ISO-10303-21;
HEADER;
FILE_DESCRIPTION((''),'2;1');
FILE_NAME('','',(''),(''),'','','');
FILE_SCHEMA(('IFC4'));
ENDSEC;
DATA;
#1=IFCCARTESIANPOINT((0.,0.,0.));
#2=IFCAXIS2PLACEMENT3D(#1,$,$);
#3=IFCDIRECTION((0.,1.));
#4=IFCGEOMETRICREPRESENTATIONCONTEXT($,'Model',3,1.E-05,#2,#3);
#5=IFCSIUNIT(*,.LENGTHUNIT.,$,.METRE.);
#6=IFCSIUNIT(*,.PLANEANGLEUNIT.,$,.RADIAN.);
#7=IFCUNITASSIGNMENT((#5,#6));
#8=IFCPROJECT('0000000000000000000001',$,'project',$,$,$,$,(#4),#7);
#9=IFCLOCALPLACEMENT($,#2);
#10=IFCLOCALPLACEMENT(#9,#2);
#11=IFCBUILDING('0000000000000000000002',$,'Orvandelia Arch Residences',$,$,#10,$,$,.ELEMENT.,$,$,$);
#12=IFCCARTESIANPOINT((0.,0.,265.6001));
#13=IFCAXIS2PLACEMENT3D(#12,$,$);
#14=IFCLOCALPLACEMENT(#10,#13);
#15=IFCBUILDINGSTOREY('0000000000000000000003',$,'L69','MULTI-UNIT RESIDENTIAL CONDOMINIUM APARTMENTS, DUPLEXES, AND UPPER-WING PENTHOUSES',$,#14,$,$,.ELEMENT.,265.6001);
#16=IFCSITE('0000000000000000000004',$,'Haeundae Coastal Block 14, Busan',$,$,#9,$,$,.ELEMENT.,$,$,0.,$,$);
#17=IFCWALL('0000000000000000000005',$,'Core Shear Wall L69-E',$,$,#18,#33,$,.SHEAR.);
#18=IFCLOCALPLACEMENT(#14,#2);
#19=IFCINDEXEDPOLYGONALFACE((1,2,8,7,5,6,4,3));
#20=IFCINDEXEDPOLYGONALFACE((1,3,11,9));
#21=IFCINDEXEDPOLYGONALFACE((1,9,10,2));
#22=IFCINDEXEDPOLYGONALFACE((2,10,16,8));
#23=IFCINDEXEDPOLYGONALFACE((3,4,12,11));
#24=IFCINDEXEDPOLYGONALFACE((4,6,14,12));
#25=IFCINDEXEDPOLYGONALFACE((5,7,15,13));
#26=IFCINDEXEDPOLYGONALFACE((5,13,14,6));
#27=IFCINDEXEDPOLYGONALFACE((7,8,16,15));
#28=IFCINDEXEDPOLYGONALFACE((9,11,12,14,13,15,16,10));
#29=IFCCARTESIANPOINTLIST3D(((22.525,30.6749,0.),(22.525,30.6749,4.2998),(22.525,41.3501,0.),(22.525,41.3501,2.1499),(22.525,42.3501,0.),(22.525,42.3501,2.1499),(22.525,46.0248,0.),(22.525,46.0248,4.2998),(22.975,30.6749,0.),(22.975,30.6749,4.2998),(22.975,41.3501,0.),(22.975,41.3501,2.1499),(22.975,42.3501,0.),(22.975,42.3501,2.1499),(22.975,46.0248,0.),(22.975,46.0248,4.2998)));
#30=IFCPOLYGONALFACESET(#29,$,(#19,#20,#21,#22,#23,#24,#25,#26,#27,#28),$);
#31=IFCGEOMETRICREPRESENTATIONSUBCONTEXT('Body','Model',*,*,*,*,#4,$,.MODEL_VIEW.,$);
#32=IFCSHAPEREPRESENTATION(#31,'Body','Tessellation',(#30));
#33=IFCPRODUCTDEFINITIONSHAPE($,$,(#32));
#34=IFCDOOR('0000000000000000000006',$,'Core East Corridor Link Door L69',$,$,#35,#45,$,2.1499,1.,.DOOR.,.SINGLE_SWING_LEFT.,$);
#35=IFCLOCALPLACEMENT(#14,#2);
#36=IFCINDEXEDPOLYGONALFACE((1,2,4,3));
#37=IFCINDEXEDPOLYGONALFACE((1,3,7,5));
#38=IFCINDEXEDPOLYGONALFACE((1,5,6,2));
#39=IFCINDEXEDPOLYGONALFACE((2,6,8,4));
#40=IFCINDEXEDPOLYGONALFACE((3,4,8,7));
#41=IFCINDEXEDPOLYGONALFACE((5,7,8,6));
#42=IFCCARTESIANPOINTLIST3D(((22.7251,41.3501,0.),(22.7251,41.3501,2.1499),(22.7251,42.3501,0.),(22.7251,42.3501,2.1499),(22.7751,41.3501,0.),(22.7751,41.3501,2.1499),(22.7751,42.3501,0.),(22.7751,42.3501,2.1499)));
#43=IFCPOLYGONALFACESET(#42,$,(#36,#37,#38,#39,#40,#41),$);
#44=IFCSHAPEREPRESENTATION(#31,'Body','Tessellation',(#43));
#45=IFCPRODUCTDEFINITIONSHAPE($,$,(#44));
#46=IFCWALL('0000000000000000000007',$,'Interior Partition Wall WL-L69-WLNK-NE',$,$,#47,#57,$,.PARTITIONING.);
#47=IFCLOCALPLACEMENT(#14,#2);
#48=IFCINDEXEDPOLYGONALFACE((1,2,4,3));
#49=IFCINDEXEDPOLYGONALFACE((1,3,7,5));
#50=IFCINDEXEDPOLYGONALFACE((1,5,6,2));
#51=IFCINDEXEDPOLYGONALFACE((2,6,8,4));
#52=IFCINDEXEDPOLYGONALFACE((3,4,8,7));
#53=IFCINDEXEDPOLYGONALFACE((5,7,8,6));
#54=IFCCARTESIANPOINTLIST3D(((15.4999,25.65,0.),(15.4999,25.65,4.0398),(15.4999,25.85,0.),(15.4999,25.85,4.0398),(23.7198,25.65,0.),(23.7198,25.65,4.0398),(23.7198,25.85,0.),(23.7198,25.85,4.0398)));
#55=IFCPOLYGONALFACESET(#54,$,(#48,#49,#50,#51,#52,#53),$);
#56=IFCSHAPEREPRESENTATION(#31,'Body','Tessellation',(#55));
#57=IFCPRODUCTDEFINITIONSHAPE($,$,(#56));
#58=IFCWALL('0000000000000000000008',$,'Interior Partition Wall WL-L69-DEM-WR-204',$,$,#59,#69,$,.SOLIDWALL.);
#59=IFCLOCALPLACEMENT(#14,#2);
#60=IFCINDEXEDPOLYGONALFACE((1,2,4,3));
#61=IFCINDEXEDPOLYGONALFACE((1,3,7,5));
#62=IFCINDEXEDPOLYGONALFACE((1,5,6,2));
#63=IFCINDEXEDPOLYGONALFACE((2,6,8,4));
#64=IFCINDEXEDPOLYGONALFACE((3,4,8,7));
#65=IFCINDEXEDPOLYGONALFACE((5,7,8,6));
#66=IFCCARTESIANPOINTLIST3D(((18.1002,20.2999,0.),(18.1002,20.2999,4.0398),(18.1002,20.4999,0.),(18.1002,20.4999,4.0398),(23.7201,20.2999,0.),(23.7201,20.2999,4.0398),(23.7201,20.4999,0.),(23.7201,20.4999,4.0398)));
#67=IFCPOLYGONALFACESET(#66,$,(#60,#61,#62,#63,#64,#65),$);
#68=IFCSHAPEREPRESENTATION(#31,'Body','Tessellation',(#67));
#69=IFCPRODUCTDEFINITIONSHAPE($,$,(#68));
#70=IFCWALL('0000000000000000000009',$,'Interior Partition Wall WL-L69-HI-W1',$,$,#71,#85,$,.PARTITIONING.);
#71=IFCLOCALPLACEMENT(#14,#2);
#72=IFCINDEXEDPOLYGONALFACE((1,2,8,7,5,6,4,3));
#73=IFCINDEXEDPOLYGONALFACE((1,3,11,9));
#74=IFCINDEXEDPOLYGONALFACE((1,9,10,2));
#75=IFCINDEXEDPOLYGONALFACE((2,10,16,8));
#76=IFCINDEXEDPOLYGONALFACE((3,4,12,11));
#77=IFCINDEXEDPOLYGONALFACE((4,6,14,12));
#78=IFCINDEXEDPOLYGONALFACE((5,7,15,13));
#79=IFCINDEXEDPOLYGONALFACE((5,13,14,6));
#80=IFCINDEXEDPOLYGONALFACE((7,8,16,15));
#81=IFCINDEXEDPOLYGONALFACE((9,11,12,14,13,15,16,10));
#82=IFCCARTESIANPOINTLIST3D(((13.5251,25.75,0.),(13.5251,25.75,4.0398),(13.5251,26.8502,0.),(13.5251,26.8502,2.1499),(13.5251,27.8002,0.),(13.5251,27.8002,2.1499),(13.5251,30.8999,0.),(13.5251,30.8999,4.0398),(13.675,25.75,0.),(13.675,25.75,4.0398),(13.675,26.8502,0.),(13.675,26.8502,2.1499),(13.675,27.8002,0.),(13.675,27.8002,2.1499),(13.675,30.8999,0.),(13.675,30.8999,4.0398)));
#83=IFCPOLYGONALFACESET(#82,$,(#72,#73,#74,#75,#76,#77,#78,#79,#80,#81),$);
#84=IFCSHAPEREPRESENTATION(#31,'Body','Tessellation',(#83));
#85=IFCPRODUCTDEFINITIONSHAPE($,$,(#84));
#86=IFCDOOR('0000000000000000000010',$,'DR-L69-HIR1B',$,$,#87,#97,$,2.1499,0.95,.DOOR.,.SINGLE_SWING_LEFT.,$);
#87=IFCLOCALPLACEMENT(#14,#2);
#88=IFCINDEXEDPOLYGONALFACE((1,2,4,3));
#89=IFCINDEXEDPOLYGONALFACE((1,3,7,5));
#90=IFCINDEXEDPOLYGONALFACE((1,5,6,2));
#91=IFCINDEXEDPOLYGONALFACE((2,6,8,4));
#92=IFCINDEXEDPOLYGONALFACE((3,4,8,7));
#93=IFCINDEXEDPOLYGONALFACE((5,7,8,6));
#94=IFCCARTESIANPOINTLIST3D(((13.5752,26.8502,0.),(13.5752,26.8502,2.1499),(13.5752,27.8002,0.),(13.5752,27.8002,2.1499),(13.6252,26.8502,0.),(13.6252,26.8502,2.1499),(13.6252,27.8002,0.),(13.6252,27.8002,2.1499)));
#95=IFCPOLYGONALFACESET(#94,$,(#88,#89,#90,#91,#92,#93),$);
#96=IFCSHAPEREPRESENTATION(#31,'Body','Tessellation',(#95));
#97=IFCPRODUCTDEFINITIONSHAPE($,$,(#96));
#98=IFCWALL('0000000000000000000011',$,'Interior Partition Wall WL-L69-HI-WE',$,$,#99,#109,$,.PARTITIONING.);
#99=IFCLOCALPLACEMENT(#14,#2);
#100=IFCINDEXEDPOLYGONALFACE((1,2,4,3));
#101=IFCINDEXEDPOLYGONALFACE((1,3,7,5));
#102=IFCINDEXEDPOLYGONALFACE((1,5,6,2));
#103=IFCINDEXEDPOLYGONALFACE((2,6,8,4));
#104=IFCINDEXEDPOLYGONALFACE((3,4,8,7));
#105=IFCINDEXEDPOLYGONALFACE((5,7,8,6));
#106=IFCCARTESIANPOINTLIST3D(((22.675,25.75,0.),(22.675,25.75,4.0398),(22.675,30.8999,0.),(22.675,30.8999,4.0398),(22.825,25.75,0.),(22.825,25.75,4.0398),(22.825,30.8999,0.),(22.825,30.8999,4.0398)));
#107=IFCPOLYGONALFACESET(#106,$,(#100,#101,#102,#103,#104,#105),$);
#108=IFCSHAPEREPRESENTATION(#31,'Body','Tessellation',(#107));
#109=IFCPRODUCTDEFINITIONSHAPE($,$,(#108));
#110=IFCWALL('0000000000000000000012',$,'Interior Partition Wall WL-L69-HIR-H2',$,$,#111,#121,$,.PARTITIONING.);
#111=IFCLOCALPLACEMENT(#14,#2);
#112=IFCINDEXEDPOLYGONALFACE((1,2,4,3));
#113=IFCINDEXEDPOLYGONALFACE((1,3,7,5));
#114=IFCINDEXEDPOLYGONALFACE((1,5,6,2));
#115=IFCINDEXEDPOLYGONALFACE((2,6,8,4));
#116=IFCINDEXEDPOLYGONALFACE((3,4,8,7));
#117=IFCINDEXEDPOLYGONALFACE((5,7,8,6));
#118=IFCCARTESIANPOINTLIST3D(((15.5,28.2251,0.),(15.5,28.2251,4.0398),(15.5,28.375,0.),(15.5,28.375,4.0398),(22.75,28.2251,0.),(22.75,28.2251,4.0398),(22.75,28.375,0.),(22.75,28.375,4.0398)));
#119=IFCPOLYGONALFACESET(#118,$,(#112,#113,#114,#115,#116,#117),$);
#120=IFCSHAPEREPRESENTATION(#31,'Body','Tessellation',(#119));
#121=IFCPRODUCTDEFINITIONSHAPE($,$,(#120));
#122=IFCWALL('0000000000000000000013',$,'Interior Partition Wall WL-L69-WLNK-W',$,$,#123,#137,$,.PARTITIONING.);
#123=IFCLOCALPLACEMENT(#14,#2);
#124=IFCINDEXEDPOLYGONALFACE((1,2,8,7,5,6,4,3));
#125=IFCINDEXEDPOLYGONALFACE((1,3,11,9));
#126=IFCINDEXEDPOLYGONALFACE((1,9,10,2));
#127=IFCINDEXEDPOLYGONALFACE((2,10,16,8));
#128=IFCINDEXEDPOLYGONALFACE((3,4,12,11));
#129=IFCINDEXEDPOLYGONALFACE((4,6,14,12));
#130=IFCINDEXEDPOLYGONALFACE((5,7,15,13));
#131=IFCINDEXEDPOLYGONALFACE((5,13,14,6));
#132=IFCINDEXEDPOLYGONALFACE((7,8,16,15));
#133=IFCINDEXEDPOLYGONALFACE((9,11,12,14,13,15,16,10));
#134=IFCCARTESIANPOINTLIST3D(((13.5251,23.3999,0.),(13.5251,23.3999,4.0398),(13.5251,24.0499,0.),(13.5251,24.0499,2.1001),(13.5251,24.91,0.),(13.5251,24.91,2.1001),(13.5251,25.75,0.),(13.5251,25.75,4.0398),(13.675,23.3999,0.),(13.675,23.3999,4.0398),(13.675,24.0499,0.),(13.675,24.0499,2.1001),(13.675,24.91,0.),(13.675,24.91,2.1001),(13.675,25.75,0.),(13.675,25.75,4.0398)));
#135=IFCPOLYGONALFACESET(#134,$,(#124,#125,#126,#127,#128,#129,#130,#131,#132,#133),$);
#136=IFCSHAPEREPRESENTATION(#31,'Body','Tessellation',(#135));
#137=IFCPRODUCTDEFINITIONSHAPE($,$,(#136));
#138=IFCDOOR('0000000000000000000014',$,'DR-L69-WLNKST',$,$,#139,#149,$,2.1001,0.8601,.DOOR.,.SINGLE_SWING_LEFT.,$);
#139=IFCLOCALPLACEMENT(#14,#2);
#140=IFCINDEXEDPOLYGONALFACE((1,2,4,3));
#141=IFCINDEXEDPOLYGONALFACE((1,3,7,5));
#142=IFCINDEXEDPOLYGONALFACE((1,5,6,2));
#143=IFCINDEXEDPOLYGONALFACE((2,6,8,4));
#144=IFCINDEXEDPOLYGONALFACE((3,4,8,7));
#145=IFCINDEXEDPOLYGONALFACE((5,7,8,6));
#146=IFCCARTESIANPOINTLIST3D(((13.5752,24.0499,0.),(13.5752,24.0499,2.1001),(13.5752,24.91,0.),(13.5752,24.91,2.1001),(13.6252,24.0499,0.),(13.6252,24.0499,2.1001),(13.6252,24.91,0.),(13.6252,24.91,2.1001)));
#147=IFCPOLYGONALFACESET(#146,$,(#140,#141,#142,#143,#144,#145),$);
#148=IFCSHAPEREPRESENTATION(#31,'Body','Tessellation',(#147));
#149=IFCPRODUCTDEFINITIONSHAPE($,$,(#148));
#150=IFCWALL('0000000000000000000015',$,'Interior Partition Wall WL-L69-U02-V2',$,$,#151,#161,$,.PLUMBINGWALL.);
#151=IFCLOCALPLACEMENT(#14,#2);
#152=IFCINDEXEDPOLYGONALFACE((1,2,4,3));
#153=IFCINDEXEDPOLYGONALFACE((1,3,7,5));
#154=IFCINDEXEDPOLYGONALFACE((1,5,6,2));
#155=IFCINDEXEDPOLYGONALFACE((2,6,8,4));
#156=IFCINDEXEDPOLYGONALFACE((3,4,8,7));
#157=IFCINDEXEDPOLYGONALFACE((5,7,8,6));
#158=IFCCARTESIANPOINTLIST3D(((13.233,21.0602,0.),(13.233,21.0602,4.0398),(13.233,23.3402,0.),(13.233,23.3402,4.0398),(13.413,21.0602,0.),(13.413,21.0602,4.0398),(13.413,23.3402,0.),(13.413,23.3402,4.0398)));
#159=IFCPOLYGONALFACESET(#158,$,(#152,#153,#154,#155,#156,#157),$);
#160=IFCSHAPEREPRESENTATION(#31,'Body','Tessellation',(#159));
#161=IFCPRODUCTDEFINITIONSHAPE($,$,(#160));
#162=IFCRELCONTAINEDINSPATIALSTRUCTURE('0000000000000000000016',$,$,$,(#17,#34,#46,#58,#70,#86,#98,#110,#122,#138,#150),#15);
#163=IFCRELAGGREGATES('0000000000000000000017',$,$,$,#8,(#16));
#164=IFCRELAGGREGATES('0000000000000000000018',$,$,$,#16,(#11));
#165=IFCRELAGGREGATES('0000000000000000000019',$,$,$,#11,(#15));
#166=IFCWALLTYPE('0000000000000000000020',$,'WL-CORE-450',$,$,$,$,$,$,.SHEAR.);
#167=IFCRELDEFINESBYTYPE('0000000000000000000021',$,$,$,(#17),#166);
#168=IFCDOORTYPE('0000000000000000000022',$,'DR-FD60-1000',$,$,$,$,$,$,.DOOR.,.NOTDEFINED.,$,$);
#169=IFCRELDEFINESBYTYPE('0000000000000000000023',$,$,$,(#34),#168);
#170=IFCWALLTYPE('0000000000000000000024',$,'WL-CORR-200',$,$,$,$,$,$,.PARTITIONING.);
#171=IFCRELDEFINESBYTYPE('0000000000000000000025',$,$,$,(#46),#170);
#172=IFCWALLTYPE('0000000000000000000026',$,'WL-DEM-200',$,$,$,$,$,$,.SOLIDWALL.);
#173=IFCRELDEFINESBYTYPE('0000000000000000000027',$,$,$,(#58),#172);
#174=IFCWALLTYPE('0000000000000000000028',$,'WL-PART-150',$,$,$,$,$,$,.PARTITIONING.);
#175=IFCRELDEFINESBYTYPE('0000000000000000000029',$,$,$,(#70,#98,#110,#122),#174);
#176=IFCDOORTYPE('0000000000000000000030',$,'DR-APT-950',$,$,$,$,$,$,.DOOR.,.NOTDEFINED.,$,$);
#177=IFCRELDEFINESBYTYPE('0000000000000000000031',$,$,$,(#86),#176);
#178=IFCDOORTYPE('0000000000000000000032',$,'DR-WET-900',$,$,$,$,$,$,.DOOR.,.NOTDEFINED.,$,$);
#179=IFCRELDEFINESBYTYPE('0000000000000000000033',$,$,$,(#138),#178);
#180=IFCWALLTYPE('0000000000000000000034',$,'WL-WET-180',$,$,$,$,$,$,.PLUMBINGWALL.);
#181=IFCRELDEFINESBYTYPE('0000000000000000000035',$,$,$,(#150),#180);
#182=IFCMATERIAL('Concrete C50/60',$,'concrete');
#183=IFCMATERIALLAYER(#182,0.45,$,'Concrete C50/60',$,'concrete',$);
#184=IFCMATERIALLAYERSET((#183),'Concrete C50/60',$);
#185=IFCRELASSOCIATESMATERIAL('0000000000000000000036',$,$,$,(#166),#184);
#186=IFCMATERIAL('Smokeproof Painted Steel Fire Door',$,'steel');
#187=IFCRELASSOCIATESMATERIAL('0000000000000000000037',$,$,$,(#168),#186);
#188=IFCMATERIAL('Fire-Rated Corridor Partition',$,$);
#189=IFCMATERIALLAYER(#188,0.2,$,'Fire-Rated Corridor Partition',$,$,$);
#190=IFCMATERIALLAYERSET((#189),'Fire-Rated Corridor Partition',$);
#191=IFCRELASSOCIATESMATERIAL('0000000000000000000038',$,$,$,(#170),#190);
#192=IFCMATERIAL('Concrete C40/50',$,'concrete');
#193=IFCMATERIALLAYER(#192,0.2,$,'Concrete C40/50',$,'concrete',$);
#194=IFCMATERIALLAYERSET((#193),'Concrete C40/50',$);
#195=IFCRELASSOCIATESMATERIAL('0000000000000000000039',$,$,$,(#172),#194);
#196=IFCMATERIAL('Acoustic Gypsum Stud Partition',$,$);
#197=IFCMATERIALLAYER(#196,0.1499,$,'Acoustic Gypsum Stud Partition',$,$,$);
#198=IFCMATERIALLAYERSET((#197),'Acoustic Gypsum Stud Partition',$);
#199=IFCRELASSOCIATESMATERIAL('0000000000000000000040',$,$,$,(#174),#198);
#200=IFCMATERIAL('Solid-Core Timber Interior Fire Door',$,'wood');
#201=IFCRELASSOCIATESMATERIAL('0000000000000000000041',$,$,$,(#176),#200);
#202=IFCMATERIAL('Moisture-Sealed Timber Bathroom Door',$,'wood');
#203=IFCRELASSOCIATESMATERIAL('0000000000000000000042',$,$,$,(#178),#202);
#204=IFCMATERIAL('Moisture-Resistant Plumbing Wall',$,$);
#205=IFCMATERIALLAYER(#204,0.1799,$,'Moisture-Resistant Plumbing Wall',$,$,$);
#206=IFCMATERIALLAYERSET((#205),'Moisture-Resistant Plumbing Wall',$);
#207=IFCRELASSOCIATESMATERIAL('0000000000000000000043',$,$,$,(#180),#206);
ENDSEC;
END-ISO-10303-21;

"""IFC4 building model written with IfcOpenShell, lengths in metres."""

from ifc_helpers import new_model, si_unit, direction, frame, frame_2d, origin, place, context, subcontext, project, spatial, rectangle, extrude, material, layer, layer_set, type_object, element, fill, save


model = new_model("IFC4")

# Units and contexts
model_context = context("Model", 3, precision=1e-05, world=origin(), true_north=direction((0.0, 1.0)))
body_context = subcontext(model_context, "Body", "Model", "MODEL_VIEW")
ifc_project = project(units=[si_unit("LENGTHUNIT", "METRE"), si_unit("PLANEANGLEUNIT", "RADIAN")], contexts=[model_context])

# Site, building, storey
site_placement = place(None, origin())
site = spatial("IfcSite", under=ifc_project, at=site_placement, Name="Haeundae Coastal Block 14, Busan", CompositionType="ELEMENT", RefElevation=0.0)
building_placement = place(site_placement, origin())
building = spatial("IfcBuilding", under=site, at=building_placement, Name="Orvandelia Arch Residences", CompositionType="ELEMENT")
storey_placement = place(building_placement, frame((0.0, 0.0, 265.6001)))
storey = spatial("IfcBuildingStorey", under=building, at=storey_placement, Name="L69", Description="MULTI-UNIT RESIDENTIAL CONDOMINIUM APARTMENTS, DUPLEXES, AND UPPER-WING PENTHOUSES", CompositionType="ELEMENT", Elevation=265.6001)

# Shared definitions
ifc_material_1 = material(Name="Concrete C50/60", Category="concrete")

# Wall, opening, door
ifc_layer_1 = layer(ifc_material_1, 0.45, Name="Concrete C50/60", Category="concrete")
ifc_layer_set_1 = layer_set([ifc_layer_1], Name="Concrete C50/60")
wall_type_1 = type_object("IfcWallType", Name="WL-CORE-450", PredefinedType="SHEAR", material=ifc_layer_set_1)
wall_1_placement = place(storey_placement, frame((22.75, 30.675, 0.0), z_axis=(0.0, 0.0, 1.0), x_axis=(0.0, 1.0, 0.0)))
wall_1 = element("IfcWall", 1, at=wall_1_placement, inside=storey, type_object=wall_type_1, Name="Core Shear Wall L69-E", PredefinedType="SHEAR", context=body_context, shape_type="SweptSolid", body=[
    extrude(rectangle(XDim=15.3499, YDim=0.45, at=frame_2d((7.6748, 0.0))), origin(), (0.0, 0.0, 1.0), 4.2998),
])
opening_1_placement = place(wall_1_placement, frame((10.675, 0.0, 0.0)))
opening_1 = element("IfcOpeningElement", 2, at=opening_1_placement, cuts=wall_1, PredefinedType="OPENING", context=body_context, shape_type="SweptSolid", body=[
    extrude(rectangle(XDim=1.0, YDim=2.1499, at=frame_2d((0.5, 1.075))), frame((0.0, 0.2349, 0.0), z_axis=(0.0, -1.0, 0.0), x_axis=(1.0, 0.0, 0.0)), (0.0, 0.0, 1.0), 0.47),
])
ifc_material_2 = material(Name="Smokeproof Painted Steel Fire Door", Category="steel")
door_type_1 = type_object("IfcDoorType", Name="DR-FD60-1000", OperationType="NOTDEFINED", PredefinedType="DOOR", material=ifc_material_2)
door_1_placement = place(opening_1_placement, origin())
door_1 = element("IfcDoor", 3, at=door_1_placement, inside=storey, type_object=door_type_1, Name="Core East Corridor Link Door L69", OperationType="SINGLE_SWING_LEFT", OverallHeight=2.1499, OverallWidth=1.0, PredefinedType="DOOR", context=body_context, shape_type="SweptSolid", body=[
    extrude(rectangle(XDim=1.0, YDim=2.1499, at=frame_2d((0.5, 1.075))), frame((0.0, 0.0249, 0.0), z_axis=(0.0, -1.0, 0.0), x_axis=(1.0, 0.0, 0.0)), (0.0, 0.0, 1.0), 0.05),
])
fill(opening_1, door_1)

# Walls
ifc_material_3 = material(Name="Fire-Rated Corridor Partition")
ifc_layer_2 = layer(ifc_material_3, 0.2, Name="Fire-Rated Corridor Partition")
ifc_layer_set_2 = layer_set([ifc_layer_2], Name="Fire-Rated Corridor Partition")
wall_type_2 = type_object("IfcWallType", Name="WL-CORR-200", PredefinedType="PARTITIONING", material=ifc_layer_set_2)
wall_2_placement = place(storey_placement, frame((15.5, 25.75, 0.0), z_axis=(0.0, 0.0, 1.0), x_axis=(1.0, 0.0, 0.0)))
element("IfcWall", 4, at=wall_2_placement, inside=storey, type_object=wall_type_2, Name="Interior Partition Wall WL-L69-WLNK-NE", PredefinedType="PARTITIONING", context=body_context, shape_type="SweptSolid", body=[
    extrude(rectangle(XDim=8.22, YDim=0.2, at=frame_2d((4.1099, 0.0))), origin(), (0.0, 0.0, 1.0), 4.0398),
])
ifc_material_4 = material(Name="Concrete C40/50", Category="concrete")
ifc_layer_3 = layer(ifc_material_4, 0.2, Name="Concrete C40/50", Category="concrete")
ifc_layer_set_3 = layer_set([ifc_layer_3], Name="Concrete C40/50")
wall_type_3 = type_object("IfcWallType", Name="WL-DEM-200", PredefinedType="SOLIDWALL", material=ifc_layer_set_3)
wall_3_placement = place(storey_placement, frame((18.1001, 20.3999, 0.0), z_axis=(0.0, 0.0, 1.0), x_axis=(1.0, 0.0, 0.0)))
element("IfcWall", 5, at=wall_3_placement, inside=storey, type_object=wall_type_3, Name="Interior Partition Wall WL-L69-DEM-WR-204", PredefinedType="SOLIDWALL", context=body_context, shape_type="SweptSolid", body=[
    extrude(rectangle(XDim=5.6199, YDim=0.2, at=frame_2d((2.8101, 0.0))), origin(), (0.0, 0.0, 1.0), 4.0398),
])

# Wall, opening, door
ifc_material_5 = material(Name="Acoustic Gypsum Stud Partition")
ifc_layer_4 = layer(ifc_material_5, 0.1499, Name="Acoustic Gypsum Stud Partition")
ifc_layer_set_4 = layer_set([ifc_layer_4], Name="Acoustic Gypsum Stud Partition")
wall_type_4 = type_object("IfcWallType", Name="WL-PART-150", PredefinedType="PARTITIONING", material=ifc_layer_set_4)
wall_4_placement = place(storey_placement, frame((13.6001, 25.75, 0.0), z_axis=(0.0, 0.0, 1.0), x_axis=(0.0, 1.0, 0.0)))
wall_4 = element("IfcWall", 6, at=wall_4_placement, inside=storey, type_object=wall_type_4, Name="Interior Partition Wall WL-L69-HI-W1", PredefinedType="PARTITIONING", context=body_context, shape_type="SweptSolid", body=[
    extrude(rectangle(XDim=5.1499, YDim=0.1499, at=frame_2d((2.575, 0.0))), origin(), (0.0, 0.0, 1.0), 4.0398),
])
opening_2_placement = place(wall_4_placement, frame((1.1001, 0.0, 0.0)))
opening_2 = element("IfcOpeningElement", 7, at=opening_2_placement, cuts=wall_4, PredefinedType="OPENING", context=body_context, shape_type="SweptSolid", body=[
    extrude(rectangle(XDim=0.95, YDim=2.1499, at=frame_2d((0.4751, 1.075))), frame((0.0, 0.085, 0.0), z_axis=(0.0, -1.0, 0.0), x_axis=(1.0, 0.0, 0.0)), (0.0, 0.0, 1.0), 0.1699),
])
ifc_material_6 = material(Name="Solid-Core Timber Interior Fire Door", Category="wood")
door_type_2 = type_object("IfcDoorType", Name="DR-APT-950", OperationType="NOTDEFINED", PredefinedType="DOOR", material=ifc_material_6)
door_2_placement = place(opening_2_placement, origin())
door_2 = element("IfcDoor", 8, at=door_2_placement, inside=storey, type_object=door_type_2, Name="DR-L69-HIR1B", OperationType="SINGLE_SWING_LEFT", OverallHeight=2.1499, OverallWidth=0.95, PredefinedType="DOOR", context=body_context, shape_type="SweptSolid", body=[
    extrude(rectangle(XDim=0.95, YDim=2.1499, at=frame_2d((0.4751, 1.075))), frame((0.0, 0.0249, 0.0), z_axis=(0.0, -1.0, 0.0), x_axis=(1.0, 0.0, 0.0)), (0.0, 0.0, 1.0), 0.05),
])
fill(opening_2, door_2)

# Walls
wall_5_placement = place(storey_placement, frame((22.75, 25.75, 0.0), z_axis=(0.0, 0.0, 1.0), x_axis=(0.0, 1.0, 0.0)))
element("IfcWall", 9, at=wall_5_placement, inside=storey, type_object=wall_type_4, Name="Interior Partition Wall WL-L69-HI-WE", PredefinedType="PARTITIONING", context=body_context, shape_type="SweptSolid", body=[
    extrude(rectangle(XDim=5.1499, YDim=0.1499, at=frame_2d((2.575, 0.0))), origin(), (0.0, 0.0, 1.0), 4.0398),
])
wall_6_placement = place(storey_placement, frame((15.5, 28.3, 0.0), z_axis=(0.0, 0.0, 1.0), x_axis=(1.0, 0.0, 0.0)))
element("IfcWall", 10, at=wall_6_placement, inside=storey, type_object=wall_type_4, Name="Interior Partition Wall WL-L69-HIR-H2", PredefinedType="PARTITIONING", context=body_context, shape_type="SweptSolid", body=[
    extrude(rectangle(XDim=7.25, YDim=0.1499, at=frame_2d((3.625, 0.0))), origin(), (0.0, 0.0, 1.0), 4.0398),
])

# Wall, opening, door
wall_7_placement = place(storey_placement, frame((13.6001, 23.3999, 0.0), z_axis=(0.0, 0.0, 1.0), x_axis=(0.0, 1.0, 0.0)))
wall_7 = element("IfcWall", 11, at=wall_7_placement, inside=storey, type_object=wall_type_4, Name="Interior Partition Wall WL-L69-WLNK-W", PredefinedType="PARTITIONING", context=body_context, shape_type="SweptSolid", body=[
    extrude(rectangle(XDim=2.3501, YDim=0.1499, at=frame_2d((1.175, 0.0))), origin(), (0.0, 0.0, 1.0), 4.0398),
])
opening_3_placement = place(wall_7_placement, frame((0.6499, 0.0, 0.0)))
opening_3 = element("IfcOpeningElement", 12, at=opening_3_placement, cuts=wall_7, PredefinedType="OPENING", context=body_context, shape_type="SweptSolid", body=[
    extrude(rectangle(XDim=0.8601, YDim=2.1001, at=frame_2d((0.4302, 1.05))), frame((0.0, 0.085, 0.0), z_axis=(0.0, -1.0, 0.0), x_axis=(1.0, 0.0, 0.0)), (0.0, 0.0, 1.0), 0.1699),
])
ifc_material_7 = material(Name="Moisture-Sealed Timber Bathroom Door", Category="wood")
door_type_3 = type_object("IfcDoorType", Name="DR-WET-900", OperationType="NOTDEFINED", PredefinedType="DOOR", material=ifc_material_7)
door_3_placement = place(opening_3_placement, origin())
door_3 = element("IfcDoor", 13, at=door_3_placement, inside=storey, type_object=door_type_3, Name="DR-L69-WLNKST", OperationType="SINGLE_SWING_LEFT", OverallHeight=2.1001, OverallWidth=0.8601, PredefinedType="DOOR", context=body_context, shape_type="SweptSolid", body=[
    extrude(rectangle(XDim=0.8601, YDim=2.1001, at=frame_2d((0.4302, 1.05))), frame((0.0, 0.0249, 0.0), z_axis=(0.0, -1.0, 0.0), x_axis=(1.0, 0.0, 0.0)), (0.0, 0.0, 1.0), 0.05),
])
fill(opening_3, door_3)

# Wall
ifc_material_8 = material(Name="Moisture-Resistant Plumbing Wall")
ifc_layer_5 = layer(ifc_material_8, 0.1799, Name="Moisture-Resistant Plumbing Wall")
ifc_layer_set_5 = layer_set([ifc_layer_5], Name="Moisture-Resistant Plumbing Wall")
wall_type_5 = type_object("IfcWallType", Name="WL-WET-180", PredefinedType="PLUMBINGWALL", material=ifc_layer_set_5)
wall_8_placement = place(storey_placement, frame((13.323, 21.0601, 0.0), z_axis=(0.0, 0.0, 1.0), x_axis=(0.0, 1.0, 0.0)))
element("IfcWall", 14, at=wall_8_placement, inside=storey, type_object=wall_type_5, Name="Interior Partition Wall WL-L69-U02-V2", PredefinedType="PLUMBINGWALL", context=body_context, shape_type="SweptSolid", body=[
    extrude(rectangle(XDim=2.28, YDim=0.1799, at=frame_2d((1.1401, 0.0))), origin(), (0.0, 0.0, 1.0), 4.0398),
])

save(model, "model.ifc")
